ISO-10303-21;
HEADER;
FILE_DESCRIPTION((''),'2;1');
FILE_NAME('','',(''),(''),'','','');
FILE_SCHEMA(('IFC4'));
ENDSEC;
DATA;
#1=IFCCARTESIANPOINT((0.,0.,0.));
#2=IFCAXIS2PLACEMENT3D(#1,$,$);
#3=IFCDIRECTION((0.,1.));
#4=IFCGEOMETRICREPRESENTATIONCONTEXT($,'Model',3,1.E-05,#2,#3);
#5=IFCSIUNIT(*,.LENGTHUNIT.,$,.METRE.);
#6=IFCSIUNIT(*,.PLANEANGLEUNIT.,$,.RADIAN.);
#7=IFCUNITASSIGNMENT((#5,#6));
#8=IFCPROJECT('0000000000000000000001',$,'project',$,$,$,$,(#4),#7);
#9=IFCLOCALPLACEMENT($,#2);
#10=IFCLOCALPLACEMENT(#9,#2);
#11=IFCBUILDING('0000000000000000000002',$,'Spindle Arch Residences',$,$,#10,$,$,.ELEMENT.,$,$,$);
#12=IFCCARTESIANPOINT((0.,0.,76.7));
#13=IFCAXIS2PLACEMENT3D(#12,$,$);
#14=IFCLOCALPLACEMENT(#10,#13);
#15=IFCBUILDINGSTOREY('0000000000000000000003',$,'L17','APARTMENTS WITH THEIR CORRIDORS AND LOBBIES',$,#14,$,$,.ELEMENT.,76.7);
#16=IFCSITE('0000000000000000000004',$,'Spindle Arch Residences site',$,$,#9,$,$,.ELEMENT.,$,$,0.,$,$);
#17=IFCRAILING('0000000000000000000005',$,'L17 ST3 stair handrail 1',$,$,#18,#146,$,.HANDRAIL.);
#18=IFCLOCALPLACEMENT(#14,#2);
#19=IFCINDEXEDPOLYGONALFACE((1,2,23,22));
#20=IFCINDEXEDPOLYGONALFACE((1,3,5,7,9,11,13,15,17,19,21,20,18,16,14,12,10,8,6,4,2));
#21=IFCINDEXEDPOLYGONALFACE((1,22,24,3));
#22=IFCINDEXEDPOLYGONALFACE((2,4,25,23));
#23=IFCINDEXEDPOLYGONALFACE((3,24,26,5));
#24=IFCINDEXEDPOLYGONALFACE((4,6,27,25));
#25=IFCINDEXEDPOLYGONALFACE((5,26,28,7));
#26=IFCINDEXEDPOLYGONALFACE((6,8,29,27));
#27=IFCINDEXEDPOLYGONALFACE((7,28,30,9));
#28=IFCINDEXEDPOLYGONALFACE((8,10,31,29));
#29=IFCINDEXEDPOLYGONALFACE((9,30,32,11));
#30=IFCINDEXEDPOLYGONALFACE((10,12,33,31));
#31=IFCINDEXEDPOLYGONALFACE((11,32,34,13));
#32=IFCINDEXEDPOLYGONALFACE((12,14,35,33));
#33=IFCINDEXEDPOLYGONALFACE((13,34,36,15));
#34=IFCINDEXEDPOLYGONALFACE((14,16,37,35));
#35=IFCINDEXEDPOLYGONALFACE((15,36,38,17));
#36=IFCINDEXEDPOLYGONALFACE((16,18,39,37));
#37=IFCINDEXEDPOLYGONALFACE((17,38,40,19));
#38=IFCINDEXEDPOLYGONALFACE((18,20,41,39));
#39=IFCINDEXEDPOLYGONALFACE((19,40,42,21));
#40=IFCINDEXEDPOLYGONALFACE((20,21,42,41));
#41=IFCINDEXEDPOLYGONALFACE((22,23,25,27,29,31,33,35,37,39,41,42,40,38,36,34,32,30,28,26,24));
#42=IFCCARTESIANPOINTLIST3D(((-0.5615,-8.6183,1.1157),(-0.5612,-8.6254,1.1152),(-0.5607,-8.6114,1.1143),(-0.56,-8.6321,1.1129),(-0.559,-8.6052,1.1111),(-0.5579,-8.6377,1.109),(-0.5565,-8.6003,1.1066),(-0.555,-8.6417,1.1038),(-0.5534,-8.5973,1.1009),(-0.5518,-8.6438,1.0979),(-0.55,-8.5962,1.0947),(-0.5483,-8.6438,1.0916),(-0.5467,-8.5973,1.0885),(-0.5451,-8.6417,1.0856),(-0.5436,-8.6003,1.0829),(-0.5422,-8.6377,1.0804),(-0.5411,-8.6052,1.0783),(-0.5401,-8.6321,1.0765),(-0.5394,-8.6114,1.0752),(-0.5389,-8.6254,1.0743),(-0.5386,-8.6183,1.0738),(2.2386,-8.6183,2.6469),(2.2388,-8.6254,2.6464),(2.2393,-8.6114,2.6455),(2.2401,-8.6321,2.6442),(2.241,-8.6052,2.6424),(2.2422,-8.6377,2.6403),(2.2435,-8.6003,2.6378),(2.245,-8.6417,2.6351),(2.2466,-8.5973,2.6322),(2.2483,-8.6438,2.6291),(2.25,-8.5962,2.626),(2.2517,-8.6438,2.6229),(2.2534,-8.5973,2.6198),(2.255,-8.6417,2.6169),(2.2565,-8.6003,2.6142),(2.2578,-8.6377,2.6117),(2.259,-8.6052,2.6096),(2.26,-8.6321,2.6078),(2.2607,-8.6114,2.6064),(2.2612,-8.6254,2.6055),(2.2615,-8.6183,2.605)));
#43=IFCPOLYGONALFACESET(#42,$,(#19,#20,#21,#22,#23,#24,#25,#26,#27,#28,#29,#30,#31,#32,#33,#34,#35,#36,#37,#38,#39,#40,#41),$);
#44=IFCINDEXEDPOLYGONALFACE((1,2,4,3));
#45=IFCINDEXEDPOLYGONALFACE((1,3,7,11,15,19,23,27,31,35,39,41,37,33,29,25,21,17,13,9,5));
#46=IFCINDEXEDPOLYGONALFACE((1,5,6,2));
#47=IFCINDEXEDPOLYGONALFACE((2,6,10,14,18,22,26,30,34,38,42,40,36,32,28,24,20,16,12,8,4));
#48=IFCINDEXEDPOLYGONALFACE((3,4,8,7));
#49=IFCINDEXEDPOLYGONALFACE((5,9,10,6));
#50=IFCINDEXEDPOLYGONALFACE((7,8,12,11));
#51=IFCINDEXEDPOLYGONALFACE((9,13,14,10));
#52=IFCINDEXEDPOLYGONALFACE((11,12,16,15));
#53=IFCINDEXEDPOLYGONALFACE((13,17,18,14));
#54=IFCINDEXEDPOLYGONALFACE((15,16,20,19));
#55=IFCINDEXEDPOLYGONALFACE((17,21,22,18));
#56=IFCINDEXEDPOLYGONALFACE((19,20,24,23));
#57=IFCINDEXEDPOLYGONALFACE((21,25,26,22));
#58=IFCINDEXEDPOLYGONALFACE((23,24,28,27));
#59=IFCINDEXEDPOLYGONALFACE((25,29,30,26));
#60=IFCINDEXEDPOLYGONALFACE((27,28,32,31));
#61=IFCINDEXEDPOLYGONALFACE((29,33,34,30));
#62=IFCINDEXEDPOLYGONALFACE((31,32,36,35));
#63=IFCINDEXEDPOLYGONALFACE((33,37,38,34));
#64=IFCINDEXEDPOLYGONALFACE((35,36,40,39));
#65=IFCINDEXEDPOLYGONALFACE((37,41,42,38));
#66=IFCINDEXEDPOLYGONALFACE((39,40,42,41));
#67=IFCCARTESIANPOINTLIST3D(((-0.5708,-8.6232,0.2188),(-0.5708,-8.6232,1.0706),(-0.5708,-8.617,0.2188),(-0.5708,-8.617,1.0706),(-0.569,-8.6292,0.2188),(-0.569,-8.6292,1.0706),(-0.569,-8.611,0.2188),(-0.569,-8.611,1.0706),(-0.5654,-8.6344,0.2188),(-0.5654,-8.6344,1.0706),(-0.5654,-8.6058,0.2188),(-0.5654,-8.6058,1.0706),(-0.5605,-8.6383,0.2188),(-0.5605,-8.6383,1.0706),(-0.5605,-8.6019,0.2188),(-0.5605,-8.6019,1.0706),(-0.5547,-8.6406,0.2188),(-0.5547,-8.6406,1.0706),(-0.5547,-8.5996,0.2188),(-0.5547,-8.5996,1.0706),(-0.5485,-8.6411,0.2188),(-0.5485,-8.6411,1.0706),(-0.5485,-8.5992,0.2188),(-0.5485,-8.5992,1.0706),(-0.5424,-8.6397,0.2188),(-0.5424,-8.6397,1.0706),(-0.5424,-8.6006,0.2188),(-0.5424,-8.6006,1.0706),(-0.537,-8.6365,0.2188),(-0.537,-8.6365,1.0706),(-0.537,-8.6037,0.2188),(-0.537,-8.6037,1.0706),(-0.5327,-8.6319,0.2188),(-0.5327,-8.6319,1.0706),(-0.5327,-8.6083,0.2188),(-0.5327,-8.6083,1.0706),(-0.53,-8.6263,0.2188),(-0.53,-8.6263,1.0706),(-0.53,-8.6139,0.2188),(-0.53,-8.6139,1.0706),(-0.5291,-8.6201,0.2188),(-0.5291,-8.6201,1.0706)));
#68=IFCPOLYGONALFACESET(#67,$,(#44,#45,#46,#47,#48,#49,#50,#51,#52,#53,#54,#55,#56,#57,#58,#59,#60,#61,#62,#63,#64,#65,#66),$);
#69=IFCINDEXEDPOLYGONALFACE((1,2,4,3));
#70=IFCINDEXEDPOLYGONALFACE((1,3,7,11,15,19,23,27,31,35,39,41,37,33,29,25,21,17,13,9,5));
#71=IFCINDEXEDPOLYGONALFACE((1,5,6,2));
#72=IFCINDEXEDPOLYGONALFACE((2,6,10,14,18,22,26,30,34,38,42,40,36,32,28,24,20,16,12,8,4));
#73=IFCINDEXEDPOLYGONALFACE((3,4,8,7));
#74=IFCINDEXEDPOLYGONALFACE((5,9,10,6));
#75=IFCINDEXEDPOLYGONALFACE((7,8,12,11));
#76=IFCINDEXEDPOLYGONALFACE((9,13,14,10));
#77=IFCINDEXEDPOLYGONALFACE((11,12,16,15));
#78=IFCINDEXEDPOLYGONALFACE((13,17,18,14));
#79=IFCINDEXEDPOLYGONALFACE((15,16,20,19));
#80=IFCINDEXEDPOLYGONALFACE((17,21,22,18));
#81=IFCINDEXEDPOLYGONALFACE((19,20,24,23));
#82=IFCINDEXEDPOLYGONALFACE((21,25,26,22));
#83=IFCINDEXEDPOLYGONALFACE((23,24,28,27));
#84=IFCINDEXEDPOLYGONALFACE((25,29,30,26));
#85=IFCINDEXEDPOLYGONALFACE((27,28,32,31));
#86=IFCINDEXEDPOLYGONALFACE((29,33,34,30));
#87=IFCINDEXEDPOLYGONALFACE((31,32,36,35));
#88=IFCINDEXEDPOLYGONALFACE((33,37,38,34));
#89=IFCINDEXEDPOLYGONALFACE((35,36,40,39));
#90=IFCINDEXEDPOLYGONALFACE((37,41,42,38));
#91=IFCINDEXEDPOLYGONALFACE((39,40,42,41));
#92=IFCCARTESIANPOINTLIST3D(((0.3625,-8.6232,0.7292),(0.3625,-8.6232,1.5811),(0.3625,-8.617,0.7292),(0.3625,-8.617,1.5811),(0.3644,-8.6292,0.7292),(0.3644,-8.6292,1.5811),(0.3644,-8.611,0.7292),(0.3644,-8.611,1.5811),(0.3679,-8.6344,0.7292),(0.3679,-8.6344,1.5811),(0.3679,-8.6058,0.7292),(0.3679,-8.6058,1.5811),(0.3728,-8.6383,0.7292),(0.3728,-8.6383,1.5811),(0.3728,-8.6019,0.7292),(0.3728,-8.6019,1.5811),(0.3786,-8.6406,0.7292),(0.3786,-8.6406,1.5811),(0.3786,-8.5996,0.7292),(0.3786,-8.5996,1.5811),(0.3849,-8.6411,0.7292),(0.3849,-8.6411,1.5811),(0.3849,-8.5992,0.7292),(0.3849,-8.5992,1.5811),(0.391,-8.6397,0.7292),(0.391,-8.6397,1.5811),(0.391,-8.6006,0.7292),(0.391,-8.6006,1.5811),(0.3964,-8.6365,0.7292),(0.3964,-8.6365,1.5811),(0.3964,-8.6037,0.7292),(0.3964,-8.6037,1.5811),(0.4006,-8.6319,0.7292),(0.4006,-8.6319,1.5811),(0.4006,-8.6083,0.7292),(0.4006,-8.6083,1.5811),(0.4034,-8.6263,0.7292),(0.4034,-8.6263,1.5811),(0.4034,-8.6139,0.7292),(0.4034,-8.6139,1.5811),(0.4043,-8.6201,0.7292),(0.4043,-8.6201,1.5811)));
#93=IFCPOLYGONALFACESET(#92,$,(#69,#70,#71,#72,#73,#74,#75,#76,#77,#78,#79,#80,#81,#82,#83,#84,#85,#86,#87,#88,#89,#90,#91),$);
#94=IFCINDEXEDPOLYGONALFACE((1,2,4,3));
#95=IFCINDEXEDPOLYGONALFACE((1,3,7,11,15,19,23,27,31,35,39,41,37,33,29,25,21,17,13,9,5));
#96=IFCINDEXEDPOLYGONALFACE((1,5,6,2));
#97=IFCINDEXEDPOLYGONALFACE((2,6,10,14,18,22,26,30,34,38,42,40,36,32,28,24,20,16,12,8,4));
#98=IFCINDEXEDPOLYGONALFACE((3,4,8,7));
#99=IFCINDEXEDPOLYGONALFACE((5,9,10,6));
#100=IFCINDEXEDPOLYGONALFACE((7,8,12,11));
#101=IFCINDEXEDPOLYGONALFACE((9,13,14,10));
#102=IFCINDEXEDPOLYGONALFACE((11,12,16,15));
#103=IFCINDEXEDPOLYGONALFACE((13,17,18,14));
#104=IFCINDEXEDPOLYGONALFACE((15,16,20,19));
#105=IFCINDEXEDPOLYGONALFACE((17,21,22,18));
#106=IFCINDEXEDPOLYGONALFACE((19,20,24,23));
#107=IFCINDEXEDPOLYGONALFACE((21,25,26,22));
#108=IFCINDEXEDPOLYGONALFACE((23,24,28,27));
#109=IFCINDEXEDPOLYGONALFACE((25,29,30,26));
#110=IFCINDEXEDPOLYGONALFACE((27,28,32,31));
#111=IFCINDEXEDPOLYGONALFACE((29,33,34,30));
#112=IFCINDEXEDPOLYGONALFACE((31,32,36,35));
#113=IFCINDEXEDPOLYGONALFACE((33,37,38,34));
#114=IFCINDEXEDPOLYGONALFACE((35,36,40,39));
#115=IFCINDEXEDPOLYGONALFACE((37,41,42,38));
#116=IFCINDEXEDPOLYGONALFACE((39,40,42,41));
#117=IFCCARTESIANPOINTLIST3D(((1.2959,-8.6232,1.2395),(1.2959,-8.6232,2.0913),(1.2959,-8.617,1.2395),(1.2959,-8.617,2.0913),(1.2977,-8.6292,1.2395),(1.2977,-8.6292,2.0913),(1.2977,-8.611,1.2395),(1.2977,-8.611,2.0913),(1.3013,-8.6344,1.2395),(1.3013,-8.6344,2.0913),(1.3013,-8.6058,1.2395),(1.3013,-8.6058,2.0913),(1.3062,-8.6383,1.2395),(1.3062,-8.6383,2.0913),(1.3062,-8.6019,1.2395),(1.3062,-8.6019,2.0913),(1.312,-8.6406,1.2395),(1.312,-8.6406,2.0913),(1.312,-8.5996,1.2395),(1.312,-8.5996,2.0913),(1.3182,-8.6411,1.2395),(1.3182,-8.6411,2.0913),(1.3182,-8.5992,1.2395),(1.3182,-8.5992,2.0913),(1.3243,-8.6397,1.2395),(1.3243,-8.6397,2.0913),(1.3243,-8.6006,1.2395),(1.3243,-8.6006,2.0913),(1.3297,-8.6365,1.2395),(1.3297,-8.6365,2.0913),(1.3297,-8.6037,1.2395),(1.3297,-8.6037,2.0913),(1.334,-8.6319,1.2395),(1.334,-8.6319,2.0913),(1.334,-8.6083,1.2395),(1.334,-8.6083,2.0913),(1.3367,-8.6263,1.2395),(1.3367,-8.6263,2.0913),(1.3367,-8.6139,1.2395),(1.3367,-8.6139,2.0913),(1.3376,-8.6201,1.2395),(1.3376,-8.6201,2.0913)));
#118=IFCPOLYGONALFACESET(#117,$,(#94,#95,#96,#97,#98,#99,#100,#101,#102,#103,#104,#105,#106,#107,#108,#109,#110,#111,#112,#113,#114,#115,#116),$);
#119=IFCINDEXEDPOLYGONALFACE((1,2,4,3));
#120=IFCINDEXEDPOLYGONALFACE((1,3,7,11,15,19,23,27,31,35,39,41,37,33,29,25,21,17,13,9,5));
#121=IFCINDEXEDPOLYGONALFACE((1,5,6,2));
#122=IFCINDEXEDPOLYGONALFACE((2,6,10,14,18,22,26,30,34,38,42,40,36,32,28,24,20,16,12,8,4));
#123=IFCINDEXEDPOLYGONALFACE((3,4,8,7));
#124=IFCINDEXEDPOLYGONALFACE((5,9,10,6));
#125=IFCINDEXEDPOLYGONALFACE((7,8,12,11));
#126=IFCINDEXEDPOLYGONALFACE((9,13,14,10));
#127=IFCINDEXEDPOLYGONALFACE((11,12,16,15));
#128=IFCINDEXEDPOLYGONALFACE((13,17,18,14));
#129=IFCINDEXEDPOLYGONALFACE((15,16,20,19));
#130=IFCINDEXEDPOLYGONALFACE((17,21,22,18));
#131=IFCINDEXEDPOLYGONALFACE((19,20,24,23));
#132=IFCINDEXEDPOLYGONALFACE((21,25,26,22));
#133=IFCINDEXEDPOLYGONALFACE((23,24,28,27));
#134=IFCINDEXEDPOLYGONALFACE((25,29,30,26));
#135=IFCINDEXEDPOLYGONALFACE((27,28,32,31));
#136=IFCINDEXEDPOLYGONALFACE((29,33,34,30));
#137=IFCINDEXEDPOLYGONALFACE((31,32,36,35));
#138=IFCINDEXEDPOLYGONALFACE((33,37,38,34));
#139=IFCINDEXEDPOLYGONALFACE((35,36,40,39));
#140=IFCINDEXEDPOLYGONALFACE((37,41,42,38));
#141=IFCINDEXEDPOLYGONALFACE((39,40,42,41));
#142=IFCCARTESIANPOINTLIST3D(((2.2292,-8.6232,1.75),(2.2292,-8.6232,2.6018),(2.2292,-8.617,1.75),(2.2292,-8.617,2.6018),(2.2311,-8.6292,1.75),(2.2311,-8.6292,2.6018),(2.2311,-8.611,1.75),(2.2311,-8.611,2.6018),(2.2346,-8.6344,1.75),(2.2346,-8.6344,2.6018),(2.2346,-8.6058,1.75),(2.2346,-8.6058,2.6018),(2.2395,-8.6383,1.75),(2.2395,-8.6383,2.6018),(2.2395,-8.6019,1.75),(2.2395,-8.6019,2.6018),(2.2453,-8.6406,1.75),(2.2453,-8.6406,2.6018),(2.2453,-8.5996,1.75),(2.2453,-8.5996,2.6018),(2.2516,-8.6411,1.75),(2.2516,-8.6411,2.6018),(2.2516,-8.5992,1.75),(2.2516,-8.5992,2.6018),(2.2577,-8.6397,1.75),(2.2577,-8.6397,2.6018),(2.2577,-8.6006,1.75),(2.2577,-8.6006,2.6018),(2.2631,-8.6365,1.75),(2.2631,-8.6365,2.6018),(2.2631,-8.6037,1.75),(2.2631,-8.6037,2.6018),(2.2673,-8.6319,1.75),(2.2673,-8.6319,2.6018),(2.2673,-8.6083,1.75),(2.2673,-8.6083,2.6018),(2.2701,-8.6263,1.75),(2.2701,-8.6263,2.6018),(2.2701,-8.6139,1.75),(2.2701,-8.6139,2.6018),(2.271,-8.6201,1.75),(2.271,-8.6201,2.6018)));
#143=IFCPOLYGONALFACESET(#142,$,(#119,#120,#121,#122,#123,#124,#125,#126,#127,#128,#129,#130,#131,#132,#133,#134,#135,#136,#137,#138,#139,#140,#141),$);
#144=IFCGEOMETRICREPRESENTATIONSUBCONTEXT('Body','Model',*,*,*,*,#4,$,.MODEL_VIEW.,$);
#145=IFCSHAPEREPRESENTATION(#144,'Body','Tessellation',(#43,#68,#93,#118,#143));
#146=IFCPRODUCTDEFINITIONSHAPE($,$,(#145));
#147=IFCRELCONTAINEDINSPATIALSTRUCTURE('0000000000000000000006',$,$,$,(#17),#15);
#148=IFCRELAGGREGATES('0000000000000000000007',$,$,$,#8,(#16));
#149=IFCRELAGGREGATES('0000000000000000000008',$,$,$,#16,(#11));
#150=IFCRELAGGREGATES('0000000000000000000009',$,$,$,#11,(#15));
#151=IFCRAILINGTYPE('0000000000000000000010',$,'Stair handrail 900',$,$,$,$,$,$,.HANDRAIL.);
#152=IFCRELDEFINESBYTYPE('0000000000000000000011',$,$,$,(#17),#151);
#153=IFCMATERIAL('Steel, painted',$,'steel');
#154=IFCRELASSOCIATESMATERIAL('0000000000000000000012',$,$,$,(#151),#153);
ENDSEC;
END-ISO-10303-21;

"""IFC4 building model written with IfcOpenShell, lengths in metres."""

from ifc_helpers import new_model, si_unit, direction, frame, origin, origin_2d, place, context, subcontext, project, spatial, circle, extrude, material, type_object, element, save


model = new_model("IFC4")

# Units and contexts
model_context = context("Model", 3, precision=1e-05, world=origin(), true_north=direction((0.0, 1.0)))
body_context = subcontext(model_context, "Body", "Model", "MODEL_VIEW")
ifc_project = project(units=[si_unit("LENGTHUNIT", "METRE"), si_unit("PLANEANGLEUNIT", "RADIAN")], contexts=[model_context])

# Site, building, storey
site_placement = place(None, origin())
site = spatial("IfcSite", under=ifc_project, at=site_placement, Name="Spindle Arch Residences site", CompositionType="ELEMENT", RefElevation=0.0)
building_placement = place(site_placement, origin())
building = spatial("IfcBuilding", under=site, at=building_placement, Name="Spindle Arch Residences", CompositionType="ELEMENT")
storey_placement = place(building_placement, frame((0.0, 0.0, 76.7)))
storey = spatial("IfcBuildingStorey", under=building, at=storey_placement, Name="L17", Description="APARTMENTS WITH THEIR CORRIDORS AND LOBBIES", CompositionType="ELEMENT", Elevation=76.7)

# Railing
ifc_material_1 = material(Name="Steel, painted", Category="steel")
railing_type_1 = type_object("IfcRailingType", Name="Stair handrail 900", PredefinedType="HANDRAIL", material=ifc_material_1)
railing_1_placement = place(storey_placement, frame((-0.55, -8.6201, 0.2188)))
element("IfcRailing", 1, at=railing_1_placement, inside=storey, type_object=railing_type_1, Name="L17 ST3 stair handrail 1", PredefinedType="HANDRAIL", context=body_context, shape_type="SweptSolid", body=[
    extrude(circle(Radius=0.0239, at=origin_2d()), frame((0.0, 0.0, 0.876), z_axis=(0.877375, 0.0, 0.479806), x_axis=(0.0, 1.0, 0.0)), (0.0, 0.0, 1.0), 3.1914),
    extrude(circle(Radius=0.021, at=origin_2d()), origin(), (0.0, 0.0, 1.0), 0.8518),
    extrude(circle(Radius=0.021, at=origin_2d()), frame((0.9333, 0.0, 0.5105)), (0.0, 0.0, 1.0), 0.8518),
    extrude(circle(Radius=0.021, at=origin_2d()), frame((1.8667, 0.0, 1.0208)), (0.0, 0.0, 1.0), 0.8518),
    extrude(circle(Radius=0.021, at=origin_2d()), frame((2.8, 0.0, 1.5312)), (0.0, 0.0, 1.0), 0.8518),
])

save(model, "model.ifc")
